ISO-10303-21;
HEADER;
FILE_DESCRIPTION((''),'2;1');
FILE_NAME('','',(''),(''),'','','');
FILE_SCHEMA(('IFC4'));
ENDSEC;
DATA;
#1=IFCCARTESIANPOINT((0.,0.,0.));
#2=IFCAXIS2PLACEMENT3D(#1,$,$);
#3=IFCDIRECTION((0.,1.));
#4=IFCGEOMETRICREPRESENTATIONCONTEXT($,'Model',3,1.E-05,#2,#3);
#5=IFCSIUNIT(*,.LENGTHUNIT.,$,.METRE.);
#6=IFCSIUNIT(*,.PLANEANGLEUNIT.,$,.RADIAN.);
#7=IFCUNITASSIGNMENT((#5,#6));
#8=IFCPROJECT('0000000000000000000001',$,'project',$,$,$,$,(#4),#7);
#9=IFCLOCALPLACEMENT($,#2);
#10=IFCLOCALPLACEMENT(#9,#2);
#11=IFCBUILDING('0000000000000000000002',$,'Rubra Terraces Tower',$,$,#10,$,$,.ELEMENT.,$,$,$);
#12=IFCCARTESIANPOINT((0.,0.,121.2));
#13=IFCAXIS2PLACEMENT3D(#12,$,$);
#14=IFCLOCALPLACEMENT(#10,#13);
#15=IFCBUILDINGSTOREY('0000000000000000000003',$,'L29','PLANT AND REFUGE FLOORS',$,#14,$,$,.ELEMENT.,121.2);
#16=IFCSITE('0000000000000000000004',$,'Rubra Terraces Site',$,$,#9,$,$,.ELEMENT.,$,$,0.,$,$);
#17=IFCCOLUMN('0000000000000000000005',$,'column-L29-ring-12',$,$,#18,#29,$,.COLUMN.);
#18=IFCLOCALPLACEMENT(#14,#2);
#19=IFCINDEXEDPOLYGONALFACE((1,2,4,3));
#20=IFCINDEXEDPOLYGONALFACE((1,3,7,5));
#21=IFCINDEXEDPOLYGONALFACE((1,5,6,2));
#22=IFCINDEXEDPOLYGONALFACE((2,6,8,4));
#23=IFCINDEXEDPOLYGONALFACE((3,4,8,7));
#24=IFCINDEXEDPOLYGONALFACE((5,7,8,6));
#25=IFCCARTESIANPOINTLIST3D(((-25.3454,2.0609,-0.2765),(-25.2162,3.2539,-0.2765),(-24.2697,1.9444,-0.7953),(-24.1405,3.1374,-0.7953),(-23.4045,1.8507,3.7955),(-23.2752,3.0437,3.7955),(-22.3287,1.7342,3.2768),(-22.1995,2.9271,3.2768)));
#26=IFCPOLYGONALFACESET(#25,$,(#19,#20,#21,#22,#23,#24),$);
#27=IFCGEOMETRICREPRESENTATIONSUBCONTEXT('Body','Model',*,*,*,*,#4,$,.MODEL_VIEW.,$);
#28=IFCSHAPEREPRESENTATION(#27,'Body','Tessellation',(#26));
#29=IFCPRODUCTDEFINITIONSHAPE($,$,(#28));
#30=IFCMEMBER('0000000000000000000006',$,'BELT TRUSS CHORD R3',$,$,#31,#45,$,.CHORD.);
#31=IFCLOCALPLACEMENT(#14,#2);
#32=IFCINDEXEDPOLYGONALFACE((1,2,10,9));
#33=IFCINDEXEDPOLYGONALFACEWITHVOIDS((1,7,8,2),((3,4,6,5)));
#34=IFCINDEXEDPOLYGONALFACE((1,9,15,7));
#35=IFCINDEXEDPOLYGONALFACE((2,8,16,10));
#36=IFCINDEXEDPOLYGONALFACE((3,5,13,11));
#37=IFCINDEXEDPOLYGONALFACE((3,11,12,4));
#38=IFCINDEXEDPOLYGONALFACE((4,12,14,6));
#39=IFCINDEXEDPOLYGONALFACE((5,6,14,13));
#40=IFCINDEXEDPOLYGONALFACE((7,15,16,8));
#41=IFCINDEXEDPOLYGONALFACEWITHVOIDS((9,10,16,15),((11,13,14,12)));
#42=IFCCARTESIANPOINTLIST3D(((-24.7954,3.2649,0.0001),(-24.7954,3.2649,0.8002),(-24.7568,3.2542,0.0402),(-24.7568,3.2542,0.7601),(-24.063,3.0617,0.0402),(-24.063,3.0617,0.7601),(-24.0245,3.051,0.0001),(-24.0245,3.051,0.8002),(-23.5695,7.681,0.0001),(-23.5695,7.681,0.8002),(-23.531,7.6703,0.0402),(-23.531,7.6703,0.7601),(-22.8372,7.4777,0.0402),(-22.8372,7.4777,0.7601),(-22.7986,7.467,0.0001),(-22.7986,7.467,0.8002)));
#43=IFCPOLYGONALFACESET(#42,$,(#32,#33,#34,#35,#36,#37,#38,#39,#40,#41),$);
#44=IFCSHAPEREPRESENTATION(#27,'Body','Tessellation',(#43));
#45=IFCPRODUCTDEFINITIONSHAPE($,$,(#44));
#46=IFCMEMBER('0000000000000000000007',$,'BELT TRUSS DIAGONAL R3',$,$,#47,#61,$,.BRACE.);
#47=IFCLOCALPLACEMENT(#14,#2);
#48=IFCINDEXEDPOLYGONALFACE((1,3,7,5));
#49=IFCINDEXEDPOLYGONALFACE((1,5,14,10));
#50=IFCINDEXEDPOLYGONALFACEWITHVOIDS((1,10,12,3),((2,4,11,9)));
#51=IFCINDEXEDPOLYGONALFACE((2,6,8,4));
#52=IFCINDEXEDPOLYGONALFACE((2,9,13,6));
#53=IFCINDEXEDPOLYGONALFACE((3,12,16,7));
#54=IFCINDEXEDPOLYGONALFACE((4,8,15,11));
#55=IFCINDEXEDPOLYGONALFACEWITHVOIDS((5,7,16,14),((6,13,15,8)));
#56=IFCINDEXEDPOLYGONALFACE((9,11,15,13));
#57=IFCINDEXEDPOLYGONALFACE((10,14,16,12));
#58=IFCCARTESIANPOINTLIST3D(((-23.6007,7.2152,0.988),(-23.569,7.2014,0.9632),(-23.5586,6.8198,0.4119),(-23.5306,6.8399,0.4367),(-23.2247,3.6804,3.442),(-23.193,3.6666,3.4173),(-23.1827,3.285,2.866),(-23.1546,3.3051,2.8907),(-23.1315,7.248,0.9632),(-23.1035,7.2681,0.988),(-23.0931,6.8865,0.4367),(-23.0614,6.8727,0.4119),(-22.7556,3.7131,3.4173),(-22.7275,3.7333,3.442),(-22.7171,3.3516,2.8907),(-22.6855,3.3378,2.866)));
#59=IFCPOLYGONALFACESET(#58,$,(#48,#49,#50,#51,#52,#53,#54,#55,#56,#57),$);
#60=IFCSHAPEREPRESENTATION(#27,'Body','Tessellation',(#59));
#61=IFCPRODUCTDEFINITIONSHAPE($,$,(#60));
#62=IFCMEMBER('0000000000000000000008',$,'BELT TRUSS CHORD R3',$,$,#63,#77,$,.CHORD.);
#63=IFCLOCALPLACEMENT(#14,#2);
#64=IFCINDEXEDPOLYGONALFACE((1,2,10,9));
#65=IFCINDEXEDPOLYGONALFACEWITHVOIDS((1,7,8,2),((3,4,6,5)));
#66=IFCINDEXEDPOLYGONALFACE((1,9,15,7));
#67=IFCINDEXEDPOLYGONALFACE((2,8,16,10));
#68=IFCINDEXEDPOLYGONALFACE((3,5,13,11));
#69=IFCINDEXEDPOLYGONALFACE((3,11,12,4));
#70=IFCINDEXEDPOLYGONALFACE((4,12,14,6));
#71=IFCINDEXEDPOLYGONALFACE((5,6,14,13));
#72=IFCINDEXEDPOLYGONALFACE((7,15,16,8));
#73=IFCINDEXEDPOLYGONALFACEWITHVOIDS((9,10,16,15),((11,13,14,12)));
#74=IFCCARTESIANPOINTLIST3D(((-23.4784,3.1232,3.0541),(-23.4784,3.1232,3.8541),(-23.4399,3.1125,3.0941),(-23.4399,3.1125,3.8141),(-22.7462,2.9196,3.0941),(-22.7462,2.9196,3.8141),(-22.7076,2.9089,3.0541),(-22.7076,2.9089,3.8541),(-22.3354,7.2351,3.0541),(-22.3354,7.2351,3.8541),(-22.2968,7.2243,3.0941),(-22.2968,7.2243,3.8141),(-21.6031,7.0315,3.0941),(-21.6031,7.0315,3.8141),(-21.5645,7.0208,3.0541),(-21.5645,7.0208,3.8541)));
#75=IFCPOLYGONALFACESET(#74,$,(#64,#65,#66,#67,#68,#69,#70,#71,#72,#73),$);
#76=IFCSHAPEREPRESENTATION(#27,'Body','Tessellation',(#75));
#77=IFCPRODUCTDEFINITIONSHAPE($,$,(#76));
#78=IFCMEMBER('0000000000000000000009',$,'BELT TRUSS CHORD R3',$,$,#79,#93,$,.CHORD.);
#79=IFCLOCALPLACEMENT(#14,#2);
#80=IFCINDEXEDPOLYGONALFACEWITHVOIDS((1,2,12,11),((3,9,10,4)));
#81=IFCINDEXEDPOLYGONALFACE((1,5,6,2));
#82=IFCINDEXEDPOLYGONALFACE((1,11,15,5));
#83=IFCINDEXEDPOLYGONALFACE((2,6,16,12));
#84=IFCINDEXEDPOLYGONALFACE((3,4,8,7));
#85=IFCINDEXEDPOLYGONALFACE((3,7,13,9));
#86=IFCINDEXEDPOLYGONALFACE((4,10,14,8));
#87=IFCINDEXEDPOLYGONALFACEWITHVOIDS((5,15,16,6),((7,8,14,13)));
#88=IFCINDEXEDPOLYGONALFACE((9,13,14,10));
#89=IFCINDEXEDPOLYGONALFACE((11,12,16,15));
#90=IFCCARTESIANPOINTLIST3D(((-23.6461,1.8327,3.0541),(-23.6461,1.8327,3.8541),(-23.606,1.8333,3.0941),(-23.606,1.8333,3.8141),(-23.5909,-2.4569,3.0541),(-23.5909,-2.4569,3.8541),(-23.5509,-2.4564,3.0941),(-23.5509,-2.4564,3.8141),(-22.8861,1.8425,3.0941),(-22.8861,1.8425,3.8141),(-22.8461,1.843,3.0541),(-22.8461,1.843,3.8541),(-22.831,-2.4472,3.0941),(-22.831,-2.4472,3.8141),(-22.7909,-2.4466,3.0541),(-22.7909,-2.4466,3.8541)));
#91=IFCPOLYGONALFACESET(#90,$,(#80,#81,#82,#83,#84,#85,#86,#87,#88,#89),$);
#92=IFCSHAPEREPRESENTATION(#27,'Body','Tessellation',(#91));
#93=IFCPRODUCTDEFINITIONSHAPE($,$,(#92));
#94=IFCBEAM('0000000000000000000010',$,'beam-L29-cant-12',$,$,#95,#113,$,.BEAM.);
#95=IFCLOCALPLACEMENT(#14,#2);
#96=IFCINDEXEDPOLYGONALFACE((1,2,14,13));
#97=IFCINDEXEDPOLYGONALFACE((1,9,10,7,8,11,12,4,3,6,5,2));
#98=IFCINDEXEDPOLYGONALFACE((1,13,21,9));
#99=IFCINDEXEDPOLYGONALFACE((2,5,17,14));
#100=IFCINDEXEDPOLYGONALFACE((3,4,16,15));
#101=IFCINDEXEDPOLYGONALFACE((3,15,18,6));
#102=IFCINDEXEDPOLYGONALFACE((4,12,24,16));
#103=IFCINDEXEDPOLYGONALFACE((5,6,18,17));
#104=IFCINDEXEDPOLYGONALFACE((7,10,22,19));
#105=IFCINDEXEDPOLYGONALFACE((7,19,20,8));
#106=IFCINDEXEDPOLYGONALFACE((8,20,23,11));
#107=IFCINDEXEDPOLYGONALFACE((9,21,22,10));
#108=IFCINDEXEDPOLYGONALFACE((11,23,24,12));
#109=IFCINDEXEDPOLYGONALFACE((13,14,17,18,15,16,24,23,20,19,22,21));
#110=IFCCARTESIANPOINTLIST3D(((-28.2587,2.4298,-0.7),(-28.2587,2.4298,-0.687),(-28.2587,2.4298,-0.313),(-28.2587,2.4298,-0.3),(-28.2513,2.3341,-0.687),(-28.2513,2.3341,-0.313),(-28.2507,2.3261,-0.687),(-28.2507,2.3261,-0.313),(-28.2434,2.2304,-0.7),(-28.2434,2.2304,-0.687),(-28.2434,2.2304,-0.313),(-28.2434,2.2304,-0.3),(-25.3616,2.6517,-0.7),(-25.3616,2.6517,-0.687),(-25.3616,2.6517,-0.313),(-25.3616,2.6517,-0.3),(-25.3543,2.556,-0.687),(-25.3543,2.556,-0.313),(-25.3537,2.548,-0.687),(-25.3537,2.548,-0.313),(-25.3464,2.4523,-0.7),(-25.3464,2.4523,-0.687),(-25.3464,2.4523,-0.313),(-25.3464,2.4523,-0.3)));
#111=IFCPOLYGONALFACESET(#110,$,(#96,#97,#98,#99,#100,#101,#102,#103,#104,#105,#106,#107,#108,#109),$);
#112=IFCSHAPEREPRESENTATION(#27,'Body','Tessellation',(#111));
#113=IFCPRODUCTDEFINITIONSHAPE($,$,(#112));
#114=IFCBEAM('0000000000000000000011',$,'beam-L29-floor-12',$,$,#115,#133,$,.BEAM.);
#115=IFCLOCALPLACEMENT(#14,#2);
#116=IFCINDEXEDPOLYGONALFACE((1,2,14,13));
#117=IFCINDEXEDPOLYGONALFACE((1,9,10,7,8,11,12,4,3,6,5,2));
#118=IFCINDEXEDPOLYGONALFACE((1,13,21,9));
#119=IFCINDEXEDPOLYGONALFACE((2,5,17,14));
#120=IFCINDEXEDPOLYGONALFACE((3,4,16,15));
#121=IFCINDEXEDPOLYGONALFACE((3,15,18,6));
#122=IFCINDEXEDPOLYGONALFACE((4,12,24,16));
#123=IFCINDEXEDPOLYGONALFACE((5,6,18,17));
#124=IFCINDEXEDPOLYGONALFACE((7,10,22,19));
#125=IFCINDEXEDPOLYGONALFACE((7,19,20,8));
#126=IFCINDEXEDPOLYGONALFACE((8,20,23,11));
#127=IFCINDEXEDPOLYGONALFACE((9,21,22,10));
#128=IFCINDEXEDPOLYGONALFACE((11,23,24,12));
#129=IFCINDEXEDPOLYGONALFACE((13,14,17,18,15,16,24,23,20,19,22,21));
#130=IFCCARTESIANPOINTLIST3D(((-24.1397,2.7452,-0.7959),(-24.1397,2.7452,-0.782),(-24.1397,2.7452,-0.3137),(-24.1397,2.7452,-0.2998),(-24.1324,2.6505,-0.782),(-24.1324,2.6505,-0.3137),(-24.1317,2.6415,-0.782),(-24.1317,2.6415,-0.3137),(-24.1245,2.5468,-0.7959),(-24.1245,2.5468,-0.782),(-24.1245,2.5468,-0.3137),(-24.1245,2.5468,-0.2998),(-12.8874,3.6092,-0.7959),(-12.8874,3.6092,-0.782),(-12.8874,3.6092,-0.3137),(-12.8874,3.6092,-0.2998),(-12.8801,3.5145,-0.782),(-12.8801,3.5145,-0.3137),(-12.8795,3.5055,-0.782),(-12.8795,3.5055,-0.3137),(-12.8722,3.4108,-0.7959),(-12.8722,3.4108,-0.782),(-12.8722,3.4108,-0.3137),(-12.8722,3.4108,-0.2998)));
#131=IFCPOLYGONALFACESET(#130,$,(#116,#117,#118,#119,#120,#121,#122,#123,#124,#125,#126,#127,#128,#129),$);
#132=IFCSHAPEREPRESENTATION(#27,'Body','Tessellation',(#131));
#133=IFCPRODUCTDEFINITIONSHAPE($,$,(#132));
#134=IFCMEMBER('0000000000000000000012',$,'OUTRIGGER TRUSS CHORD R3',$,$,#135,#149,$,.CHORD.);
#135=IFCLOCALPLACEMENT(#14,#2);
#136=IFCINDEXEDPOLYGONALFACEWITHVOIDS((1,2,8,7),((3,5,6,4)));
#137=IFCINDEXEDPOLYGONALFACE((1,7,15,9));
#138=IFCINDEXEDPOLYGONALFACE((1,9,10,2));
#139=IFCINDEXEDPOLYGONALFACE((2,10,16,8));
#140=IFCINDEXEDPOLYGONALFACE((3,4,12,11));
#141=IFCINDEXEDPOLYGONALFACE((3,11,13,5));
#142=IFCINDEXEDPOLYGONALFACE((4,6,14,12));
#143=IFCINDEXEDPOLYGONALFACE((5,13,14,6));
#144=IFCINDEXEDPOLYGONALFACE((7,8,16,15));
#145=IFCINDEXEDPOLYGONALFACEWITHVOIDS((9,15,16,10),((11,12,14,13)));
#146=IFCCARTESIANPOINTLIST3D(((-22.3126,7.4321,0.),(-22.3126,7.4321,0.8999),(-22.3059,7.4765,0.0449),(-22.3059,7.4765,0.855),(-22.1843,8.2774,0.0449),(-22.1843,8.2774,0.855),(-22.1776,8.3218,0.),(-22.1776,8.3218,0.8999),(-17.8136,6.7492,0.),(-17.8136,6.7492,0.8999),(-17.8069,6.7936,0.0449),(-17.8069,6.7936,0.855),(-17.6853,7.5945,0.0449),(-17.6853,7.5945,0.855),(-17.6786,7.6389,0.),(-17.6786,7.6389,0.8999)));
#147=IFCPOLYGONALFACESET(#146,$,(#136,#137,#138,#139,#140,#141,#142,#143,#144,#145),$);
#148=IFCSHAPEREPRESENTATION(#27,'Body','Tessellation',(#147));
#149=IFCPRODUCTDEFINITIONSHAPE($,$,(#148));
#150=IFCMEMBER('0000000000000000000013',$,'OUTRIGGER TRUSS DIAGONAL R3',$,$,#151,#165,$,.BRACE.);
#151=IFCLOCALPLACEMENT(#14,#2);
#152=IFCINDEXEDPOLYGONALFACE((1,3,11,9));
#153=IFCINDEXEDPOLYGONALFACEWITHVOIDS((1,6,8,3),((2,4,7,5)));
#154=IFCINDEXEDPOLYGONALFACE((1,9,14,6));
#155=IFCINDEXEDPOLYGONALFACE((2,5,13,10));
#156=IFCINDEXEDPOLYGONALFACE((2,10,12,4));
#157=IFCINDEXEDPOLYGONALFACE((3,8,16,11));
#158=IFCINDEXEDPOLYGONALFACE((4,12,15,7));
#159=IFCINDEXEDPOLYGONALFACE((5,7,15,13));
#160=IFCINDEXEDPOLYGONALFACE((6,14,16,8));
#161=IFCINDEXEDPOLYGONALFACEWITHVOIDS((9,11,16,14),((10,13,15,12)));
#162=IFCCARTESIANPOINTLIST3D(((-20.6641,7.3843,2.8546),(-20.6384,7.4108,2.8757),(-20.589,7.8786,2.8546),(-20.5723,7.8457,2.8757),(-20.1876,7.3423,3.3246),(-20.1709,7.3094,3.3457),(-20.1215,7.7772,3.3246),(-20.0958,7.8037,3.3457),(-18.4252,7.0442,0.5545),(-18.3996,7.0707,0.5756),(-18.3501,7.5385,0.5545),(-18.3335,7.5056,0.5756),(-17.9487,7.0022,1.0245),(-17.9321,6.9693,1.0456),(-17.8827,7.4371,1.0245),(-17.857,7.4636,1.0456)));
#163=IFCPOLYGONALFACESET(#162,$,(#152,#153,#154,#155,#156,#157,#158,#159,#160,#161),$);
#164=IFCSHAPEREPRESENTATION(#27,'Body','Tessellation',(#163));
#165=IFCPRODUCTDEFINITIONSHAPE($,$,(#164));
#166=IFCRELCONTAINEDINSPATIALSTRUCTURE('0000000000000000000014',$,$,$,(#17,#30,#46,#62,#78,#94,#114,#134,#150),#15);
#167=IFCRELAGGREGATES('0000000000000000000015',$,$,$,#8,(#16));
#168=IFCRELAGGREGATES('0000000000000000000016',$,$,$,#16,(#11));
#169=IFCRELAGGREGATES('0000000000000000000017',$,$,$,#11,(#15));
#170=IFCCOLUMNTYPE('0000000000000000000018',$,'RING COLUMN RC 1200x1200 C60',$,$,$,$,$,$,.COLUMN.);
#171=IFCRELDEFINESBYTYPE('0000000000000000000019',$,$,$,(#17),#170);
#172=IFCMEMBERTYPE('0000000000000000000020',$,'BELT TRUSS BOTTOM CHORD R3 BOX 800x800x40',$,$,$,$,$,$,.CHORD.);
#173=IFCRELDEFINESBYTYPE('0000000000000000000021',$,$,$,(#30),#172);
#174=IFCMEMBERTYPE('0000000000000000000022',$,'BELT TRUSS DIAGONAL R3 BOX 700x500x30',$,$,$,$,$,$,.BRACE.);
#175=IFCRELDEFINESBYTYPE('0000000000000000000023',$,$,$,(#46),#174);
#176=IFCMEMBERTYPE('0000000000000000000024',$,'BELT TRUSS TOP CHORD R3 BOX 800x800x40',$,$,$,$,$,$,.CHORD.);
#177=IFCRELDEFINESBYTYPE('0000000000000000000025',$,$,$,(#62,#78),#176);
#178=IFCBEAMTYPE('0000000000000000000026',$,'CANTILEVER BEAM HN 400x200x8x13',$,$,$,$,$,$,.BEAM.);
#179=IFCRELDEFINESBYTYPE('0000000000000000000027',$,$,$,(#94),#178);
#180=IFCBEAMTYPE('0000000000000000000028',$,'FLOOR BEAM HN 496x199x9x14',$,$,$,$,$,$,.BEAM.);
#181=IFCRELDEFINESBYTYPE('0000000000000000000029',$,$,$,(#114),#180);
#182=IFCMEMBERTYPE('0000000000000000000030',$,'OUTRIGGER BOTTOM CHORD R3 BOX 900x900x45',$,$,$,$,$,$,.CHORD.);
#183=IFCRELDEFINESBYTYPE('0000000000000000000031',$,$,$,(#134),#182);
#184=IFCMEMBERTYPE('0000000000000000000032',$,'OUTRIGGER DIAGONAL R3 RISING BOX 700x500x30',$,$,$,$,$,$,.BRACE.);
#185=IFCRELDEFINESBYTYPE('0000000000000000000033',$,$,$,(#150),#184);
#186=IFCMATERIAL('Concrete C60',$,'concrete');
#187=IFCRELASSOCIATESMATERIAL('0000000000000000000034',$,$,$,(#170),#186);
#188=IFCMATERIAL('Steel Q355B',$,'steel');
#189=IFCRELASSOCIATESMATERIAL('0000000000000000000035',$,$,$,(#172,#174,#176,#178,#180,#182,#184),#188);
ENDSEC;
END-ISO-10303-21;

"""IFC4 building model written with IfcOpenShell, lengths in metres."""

from ifc_helpers import new_model, si_unit, direction, frame, origin, origin_2d, place, context, subcontext, project, spatial, rectangle, hollow_rectangle, i_section, extrude, material, material_profile, profile_set, type_object, element, save


model = new_model("IFC4")

# Units and contexts
model_context = context("Model", 3, precision=1e-05, world=origin(), true_north=direction((0.0, 1.0)))
body_context = subcontext(model_context, "Body", "Model", "MODEL_VIEW")
ifc_project = project(units=[si_unit("LENGTHUNIT", "METRE"), si_unit("PLANEANGLEUNIT", "RADIAN")], contexts=[model_context])

# Site, building, storey
site_placement = place(None, origin())
site = spatial("IfcSite", under=ifc_project, at=site_placement, Name="Rubra Terraces Site", CompositionType="ELEMENT", RefElevation=0.0)
building_placement = place(site_placement, origin())
building = spatial("IfcBuilding", under=site, at=building_placement, Name="Rubra Terraces Tower", CompositionType="ELEMENT")
storey_placement = place(building_placement, frame((0.0, 0.0, 121.2)))
storey = spatial("IfcBuildingStorey", under=building, at=storey_placement, Name="L29", Description="PLANT AND REFUGE FLOORS", CompositionType="ELEMENT", Elevation=121.2)

# Column
ifc_material_1 = material(Name="Concrete C60", Category="concrete")
ifc_material_profile_1 = material_profile(ifc_material_1, rectangle(XDim=1.2, YDim=1.2, at=origin_2d()), Name="RC 1200x1200")
ifc_profile_set_1 = profile_set([ifc_material_profile_1], Name="Concrete C60")
column_type = type_object("IfcColumnType", Name="RING COLUMN RC 1200x1200 C60", PredefinedType="COLUMN", material=ifc_profile_set_1)
column_placement = place(storey_placement, frame((-24.7429, 2.5991, -0.5359), z_axis=(0.429803, -0.046549, 0.901722), x_axis=(0.107672, 0.994186, 0.0)))
element("IfcColumn", 1, at=column_placement, inside=storey, type_object=column_type, Name="column-L29-ring-12", PredefinedType="COLUMN", context=body_context, shape_type="SweptSolid", body=[
    extrude(rectangle(XDim=1.2, YDim=1.2, at=origin_2d()), origin(), (0.0, 0.0, 1.0), 4.5159),
])

# Members
ifc_material_2 = material(Name="Steel Q355B", Category="steel")
ifc_material_profile_2 = material_profile(ifc_material_2, hollow_rectangle(XDim=0.8, YDim=0.8, WallThickness=0.04, at=origin_2d()), Name="BOX 800x800x40")
ifc_profile_set_2 = profile_set([ifc_material_profile_2], Name="Steel Q355B")
member_type_1 = type_object("IfcMemberType", Name="BELT TRUSS BOTTOM CHORD R3 BOX 800x800x40", PredefinedType="CHORD", material=ifc_profile_set_2)
member_1_placement = place(storey_placement, frame((-23.1841, 7.574, 0.4001), z_axis=(-0.267474, -0.963565, 0.0), x_axis=(0.963565, -0.267474, 0.0)))
element("IfcMember", 2, at=member_1_placement, inside=storey, type_object=member_type_1, Name="BELT TRUSS CHORD R3", PredefinedType="CHORD", context=body_context, shape_type="SweptSolid", body=[
    extrude(hollow_rectangle(XDim=0.8, YDim=0.8, WallThickness=0.04, at=origin_2d()), origin(), (0.0, 0.0, 1.0), 4.583),
])
ifc_material_profile_3 = material_profile(ifc_material_2, hollow_rectangle(XDim=0.5, YDim=0.7, WallThickness=0.03, at=origin_2d()), Name="BOX 700x500x30")
ifc_profile_set_3 = profile_set([ifc_material_profile_3], Name="Steel Q355B")
member_type_2 = type_object("IfcMemberType", Name="BELT TRUSS DIAGONAL R3 BOX 700x500x30", PredefinedType="BRACE", material=ifc_profile_set_3)
member_2_placement = place(storey_placement, frame((-23.3311, 7.0439, 0.7), z_axis=(0.087038, -0.818329, 0.568122), x_axis=(0.994391, 0.105764, 0.0)))
element("IfcMember", 3, at=member_2_placement, inside=storey, type_object=member_type_2, Name="BELT TRUSS DIAGONAL R3", PredefinedType="BRACE", context=body_context, shape_type="SweptSolid", body=[
    extrude(hollow_rectangle(XDim=0.5, YDim=0.7, WallThickness=0.03, at=origin_2d()), origin(), (0.0, 0.0, 1.0), 4.3196),
])
ifc_material_profile_4 = material_profile(ifc_material_2, hollow_rectangle(XDim=0.8, YDim=0.8, WallThickness=0.04, at=origin_2d()), Name="BOX 800x800x40")
ifc_profile_set_4 = profile_set([ifc_material_profile_4], Name="Steel Q355B")
member_type_3 = type_object("IfcMemberType", Name="BELT TRUSS TOP CHORD R3 BOX 800x800x40", PredefinedType="CHORD", material=ifc_profile_set_4)
member_3_placement = place(storey_placement, frame((-21.95, 7.1279, 3.4541), z_axis=(-0.267839, -0.963464, 0.0), x_axis=(0.963464, -0.267839, 0.0)))
element("IfcMember", 4, at=member_3_placement, inside=storey, type_object=member_type_3, Name="BELT TRUSS CHORD R3", PredefinedType="CHORD", context=body_context, shape_type="SweptSolid", body=[
    extrude(hollow_rectangle(XDim=0.8, YDim=0.8, WallThickness=0.04, at=origin_2d()), origin(), (0.0, 0.0, 1.0), 4.2678),
])
member_4_placement = place(storey_placement, frame((-23.2461, 1.8379, 3.4541), z_axis=(0.012861, -0.999917, 0.0), x_axis=(0.999917, 0.012861, 0.0)))
element("IfcMember", 5, at=member_4_placement, inside=storey, type_object=member_type_3, Name="BELT TRUSS CHORD R3", PredefinedType="CHORD", context=body_context, shape_type="SweptSolid", body=[
    extrude(hollow_rectangle(XDim=0.8, YDim=0.8, WallThickness=0.04, at=origin_2d()), origin(), (0.0, 0.0, 1.0), 4.29),
])

# Beams
ifc_material_profile_5 = material_profile(ifc_material_2, i_section(OverallWidth=0.2, OverallDepth=0.3999, WebThickness=0.0081, FlangeThickness=0.0129, at=origin_2d()), Name="HN 400x200x8x13")
ifc_profile_set_5 = profile_set([ifc_material_profile_5], Name="Steel Q355B")
beam_type_1 = type_object("IfcBeamType", Name="CANTILEVER BEAM HN 400x200x8x13", PredefinedType="BEAM", material=ifc_profile_set_5)
beam_1_placement = place(storey_placement, frame((-25.354, 2.552, -0.5), z_axis=(-0.997079, -0.076382, 0.0), x_axis=(0.076382, -0.997079, 0.0)))
element("IfcBeam", 6, at=beam_1_placement, inside=storey, type_object=beam_type_1, Name="beam-L29-cant-12", PredefinedType="BEAM", context=body_context, shape_type="SweptSolid", body=[
    extrude(i_section(OverallWidth=0.2, OverallDepth=0.3999, WebThickness=0.0081, FlangeThickness=0.0129, at=origin_2d()), origin(), (0.0, 0.0, 1.0), 2.9055),
])
ifc_material_profile_6 = material_profile(ifc_material_2, i_section(OverallWidth=0.199, OverallDepth=0.4961, WebThickness=0.009, FlangeThickness=0.0139, at=origin_2d()), Name="HN 496x199x9x14")
ifc_profile_set_6 = profile_set([ifc_material_profile_6], Name="Steel Q355B")
beam_type_2 = type_object("IfcBeamType", Name="FLOOR BEAM HN 496x199x9x14", PredefinedType="BEAM", material=ifc_profile_set_6)
beam_2_placement = place(storey_placement, frame((-24.1321, 2.646, -0.5479), z_axis=(0.997065, 0.076561, 0.0), x_axis=(-0.076561, 0.997065, 0.0)))
element("IfcBeam", 7, at=beam_2_placement, inside=storey, type_object=beam_type_2, Name="beam-L29-floor-12", PredefinedType="BEAM", context=body_context, shape_type="SweptSolid", body=[
    extrude(i_section(OverallWidth=0.199, OverallDepth=0.4961, WebThickness=0.009, FlangeThickness=0.0139, at=origin_2d()), origin(), (0.0, 0.0, 1.0), 11.2854),
])

# Members
ifc_material_profile_7 = material_profile(ifc_material_2, hollow_rectangle(XDim=0.8999, YDim=0.8999, WallThickness=0.0449, at=origin_2d()), Name="BOX 900x900x45")
ifc_profile_set_7 = profile_set([ifc_material_profile_7], Name="Steel Q355B")
member_type_4 = type_object("IfcMemberType", Name="OUTRIGGER BOTTOM CHORD R3 BOX 900x900x45", PredefinedType="CHORD", material=ifc_profile_set_7)
member_5_placement = place(storey_placement, frame((-17.7461, 7.1941, 0.45), z_axis=(-0.988677, 0.150061, 0.0), x_axis=(-0.150061, -0.988677, 0.0)))
element("IfcMember", 8, at=member_5_placement, inside=storey, type_object=member_type_4, Name="OUTRIGGER TRUSS CHORD R3", PredefinedType="CHORD", context=body_context, shape_type="SweptSolid", body=[
    extrude(hollow_rectangle(XDim=0.8999, YDim=0.8999, WallThickness=0.0449, at=origin_2d()), origin(), (0.0, 0.0, 1.0), 4.5505),
])
ifc_material_profile_8 = material_profile(ifc_material_2, hollow_rectangle(XDim=0.5, YDim=0.7, WallThickness=0.03, at=origin_2d()), Name="BOX 700x500x30")
ifc_profile_set_8 = profile_set([ifc_material_profile_8], Name="Steel Q355B")
member_type_5 = type_object("IfcMemberType", Name="OUTRIGGER DIAGONAL R3 RISING BOX 700x500x30", PredefinedType="BRACE", material=ifc_profile_set_8)
member_6_placement = place(storey_placement, frame((-18.1411, 7.2539, 0.8), z_axis=(-0.693614, 0.105366, 0.712599), x_axis=(-0.150185, -0.988658, 0.0)))
element("IfcMember", 9, at=member_6_placement, inside=storey, type_object=member_type_5, Name="OUTRIGGER TRUSS DIAGONAL R3", PredefinedType="BRACE", context=body_context, shape_type="SweptSolid", body=[
    extrude(hollow_rectangle(XDim=0.5, YDim=0.7, WallThickness=0.03, at=origin_2d()), origin(), (0.0, 0.0, 1.0), 3.2278),
])

save(model, "model.ifc")
